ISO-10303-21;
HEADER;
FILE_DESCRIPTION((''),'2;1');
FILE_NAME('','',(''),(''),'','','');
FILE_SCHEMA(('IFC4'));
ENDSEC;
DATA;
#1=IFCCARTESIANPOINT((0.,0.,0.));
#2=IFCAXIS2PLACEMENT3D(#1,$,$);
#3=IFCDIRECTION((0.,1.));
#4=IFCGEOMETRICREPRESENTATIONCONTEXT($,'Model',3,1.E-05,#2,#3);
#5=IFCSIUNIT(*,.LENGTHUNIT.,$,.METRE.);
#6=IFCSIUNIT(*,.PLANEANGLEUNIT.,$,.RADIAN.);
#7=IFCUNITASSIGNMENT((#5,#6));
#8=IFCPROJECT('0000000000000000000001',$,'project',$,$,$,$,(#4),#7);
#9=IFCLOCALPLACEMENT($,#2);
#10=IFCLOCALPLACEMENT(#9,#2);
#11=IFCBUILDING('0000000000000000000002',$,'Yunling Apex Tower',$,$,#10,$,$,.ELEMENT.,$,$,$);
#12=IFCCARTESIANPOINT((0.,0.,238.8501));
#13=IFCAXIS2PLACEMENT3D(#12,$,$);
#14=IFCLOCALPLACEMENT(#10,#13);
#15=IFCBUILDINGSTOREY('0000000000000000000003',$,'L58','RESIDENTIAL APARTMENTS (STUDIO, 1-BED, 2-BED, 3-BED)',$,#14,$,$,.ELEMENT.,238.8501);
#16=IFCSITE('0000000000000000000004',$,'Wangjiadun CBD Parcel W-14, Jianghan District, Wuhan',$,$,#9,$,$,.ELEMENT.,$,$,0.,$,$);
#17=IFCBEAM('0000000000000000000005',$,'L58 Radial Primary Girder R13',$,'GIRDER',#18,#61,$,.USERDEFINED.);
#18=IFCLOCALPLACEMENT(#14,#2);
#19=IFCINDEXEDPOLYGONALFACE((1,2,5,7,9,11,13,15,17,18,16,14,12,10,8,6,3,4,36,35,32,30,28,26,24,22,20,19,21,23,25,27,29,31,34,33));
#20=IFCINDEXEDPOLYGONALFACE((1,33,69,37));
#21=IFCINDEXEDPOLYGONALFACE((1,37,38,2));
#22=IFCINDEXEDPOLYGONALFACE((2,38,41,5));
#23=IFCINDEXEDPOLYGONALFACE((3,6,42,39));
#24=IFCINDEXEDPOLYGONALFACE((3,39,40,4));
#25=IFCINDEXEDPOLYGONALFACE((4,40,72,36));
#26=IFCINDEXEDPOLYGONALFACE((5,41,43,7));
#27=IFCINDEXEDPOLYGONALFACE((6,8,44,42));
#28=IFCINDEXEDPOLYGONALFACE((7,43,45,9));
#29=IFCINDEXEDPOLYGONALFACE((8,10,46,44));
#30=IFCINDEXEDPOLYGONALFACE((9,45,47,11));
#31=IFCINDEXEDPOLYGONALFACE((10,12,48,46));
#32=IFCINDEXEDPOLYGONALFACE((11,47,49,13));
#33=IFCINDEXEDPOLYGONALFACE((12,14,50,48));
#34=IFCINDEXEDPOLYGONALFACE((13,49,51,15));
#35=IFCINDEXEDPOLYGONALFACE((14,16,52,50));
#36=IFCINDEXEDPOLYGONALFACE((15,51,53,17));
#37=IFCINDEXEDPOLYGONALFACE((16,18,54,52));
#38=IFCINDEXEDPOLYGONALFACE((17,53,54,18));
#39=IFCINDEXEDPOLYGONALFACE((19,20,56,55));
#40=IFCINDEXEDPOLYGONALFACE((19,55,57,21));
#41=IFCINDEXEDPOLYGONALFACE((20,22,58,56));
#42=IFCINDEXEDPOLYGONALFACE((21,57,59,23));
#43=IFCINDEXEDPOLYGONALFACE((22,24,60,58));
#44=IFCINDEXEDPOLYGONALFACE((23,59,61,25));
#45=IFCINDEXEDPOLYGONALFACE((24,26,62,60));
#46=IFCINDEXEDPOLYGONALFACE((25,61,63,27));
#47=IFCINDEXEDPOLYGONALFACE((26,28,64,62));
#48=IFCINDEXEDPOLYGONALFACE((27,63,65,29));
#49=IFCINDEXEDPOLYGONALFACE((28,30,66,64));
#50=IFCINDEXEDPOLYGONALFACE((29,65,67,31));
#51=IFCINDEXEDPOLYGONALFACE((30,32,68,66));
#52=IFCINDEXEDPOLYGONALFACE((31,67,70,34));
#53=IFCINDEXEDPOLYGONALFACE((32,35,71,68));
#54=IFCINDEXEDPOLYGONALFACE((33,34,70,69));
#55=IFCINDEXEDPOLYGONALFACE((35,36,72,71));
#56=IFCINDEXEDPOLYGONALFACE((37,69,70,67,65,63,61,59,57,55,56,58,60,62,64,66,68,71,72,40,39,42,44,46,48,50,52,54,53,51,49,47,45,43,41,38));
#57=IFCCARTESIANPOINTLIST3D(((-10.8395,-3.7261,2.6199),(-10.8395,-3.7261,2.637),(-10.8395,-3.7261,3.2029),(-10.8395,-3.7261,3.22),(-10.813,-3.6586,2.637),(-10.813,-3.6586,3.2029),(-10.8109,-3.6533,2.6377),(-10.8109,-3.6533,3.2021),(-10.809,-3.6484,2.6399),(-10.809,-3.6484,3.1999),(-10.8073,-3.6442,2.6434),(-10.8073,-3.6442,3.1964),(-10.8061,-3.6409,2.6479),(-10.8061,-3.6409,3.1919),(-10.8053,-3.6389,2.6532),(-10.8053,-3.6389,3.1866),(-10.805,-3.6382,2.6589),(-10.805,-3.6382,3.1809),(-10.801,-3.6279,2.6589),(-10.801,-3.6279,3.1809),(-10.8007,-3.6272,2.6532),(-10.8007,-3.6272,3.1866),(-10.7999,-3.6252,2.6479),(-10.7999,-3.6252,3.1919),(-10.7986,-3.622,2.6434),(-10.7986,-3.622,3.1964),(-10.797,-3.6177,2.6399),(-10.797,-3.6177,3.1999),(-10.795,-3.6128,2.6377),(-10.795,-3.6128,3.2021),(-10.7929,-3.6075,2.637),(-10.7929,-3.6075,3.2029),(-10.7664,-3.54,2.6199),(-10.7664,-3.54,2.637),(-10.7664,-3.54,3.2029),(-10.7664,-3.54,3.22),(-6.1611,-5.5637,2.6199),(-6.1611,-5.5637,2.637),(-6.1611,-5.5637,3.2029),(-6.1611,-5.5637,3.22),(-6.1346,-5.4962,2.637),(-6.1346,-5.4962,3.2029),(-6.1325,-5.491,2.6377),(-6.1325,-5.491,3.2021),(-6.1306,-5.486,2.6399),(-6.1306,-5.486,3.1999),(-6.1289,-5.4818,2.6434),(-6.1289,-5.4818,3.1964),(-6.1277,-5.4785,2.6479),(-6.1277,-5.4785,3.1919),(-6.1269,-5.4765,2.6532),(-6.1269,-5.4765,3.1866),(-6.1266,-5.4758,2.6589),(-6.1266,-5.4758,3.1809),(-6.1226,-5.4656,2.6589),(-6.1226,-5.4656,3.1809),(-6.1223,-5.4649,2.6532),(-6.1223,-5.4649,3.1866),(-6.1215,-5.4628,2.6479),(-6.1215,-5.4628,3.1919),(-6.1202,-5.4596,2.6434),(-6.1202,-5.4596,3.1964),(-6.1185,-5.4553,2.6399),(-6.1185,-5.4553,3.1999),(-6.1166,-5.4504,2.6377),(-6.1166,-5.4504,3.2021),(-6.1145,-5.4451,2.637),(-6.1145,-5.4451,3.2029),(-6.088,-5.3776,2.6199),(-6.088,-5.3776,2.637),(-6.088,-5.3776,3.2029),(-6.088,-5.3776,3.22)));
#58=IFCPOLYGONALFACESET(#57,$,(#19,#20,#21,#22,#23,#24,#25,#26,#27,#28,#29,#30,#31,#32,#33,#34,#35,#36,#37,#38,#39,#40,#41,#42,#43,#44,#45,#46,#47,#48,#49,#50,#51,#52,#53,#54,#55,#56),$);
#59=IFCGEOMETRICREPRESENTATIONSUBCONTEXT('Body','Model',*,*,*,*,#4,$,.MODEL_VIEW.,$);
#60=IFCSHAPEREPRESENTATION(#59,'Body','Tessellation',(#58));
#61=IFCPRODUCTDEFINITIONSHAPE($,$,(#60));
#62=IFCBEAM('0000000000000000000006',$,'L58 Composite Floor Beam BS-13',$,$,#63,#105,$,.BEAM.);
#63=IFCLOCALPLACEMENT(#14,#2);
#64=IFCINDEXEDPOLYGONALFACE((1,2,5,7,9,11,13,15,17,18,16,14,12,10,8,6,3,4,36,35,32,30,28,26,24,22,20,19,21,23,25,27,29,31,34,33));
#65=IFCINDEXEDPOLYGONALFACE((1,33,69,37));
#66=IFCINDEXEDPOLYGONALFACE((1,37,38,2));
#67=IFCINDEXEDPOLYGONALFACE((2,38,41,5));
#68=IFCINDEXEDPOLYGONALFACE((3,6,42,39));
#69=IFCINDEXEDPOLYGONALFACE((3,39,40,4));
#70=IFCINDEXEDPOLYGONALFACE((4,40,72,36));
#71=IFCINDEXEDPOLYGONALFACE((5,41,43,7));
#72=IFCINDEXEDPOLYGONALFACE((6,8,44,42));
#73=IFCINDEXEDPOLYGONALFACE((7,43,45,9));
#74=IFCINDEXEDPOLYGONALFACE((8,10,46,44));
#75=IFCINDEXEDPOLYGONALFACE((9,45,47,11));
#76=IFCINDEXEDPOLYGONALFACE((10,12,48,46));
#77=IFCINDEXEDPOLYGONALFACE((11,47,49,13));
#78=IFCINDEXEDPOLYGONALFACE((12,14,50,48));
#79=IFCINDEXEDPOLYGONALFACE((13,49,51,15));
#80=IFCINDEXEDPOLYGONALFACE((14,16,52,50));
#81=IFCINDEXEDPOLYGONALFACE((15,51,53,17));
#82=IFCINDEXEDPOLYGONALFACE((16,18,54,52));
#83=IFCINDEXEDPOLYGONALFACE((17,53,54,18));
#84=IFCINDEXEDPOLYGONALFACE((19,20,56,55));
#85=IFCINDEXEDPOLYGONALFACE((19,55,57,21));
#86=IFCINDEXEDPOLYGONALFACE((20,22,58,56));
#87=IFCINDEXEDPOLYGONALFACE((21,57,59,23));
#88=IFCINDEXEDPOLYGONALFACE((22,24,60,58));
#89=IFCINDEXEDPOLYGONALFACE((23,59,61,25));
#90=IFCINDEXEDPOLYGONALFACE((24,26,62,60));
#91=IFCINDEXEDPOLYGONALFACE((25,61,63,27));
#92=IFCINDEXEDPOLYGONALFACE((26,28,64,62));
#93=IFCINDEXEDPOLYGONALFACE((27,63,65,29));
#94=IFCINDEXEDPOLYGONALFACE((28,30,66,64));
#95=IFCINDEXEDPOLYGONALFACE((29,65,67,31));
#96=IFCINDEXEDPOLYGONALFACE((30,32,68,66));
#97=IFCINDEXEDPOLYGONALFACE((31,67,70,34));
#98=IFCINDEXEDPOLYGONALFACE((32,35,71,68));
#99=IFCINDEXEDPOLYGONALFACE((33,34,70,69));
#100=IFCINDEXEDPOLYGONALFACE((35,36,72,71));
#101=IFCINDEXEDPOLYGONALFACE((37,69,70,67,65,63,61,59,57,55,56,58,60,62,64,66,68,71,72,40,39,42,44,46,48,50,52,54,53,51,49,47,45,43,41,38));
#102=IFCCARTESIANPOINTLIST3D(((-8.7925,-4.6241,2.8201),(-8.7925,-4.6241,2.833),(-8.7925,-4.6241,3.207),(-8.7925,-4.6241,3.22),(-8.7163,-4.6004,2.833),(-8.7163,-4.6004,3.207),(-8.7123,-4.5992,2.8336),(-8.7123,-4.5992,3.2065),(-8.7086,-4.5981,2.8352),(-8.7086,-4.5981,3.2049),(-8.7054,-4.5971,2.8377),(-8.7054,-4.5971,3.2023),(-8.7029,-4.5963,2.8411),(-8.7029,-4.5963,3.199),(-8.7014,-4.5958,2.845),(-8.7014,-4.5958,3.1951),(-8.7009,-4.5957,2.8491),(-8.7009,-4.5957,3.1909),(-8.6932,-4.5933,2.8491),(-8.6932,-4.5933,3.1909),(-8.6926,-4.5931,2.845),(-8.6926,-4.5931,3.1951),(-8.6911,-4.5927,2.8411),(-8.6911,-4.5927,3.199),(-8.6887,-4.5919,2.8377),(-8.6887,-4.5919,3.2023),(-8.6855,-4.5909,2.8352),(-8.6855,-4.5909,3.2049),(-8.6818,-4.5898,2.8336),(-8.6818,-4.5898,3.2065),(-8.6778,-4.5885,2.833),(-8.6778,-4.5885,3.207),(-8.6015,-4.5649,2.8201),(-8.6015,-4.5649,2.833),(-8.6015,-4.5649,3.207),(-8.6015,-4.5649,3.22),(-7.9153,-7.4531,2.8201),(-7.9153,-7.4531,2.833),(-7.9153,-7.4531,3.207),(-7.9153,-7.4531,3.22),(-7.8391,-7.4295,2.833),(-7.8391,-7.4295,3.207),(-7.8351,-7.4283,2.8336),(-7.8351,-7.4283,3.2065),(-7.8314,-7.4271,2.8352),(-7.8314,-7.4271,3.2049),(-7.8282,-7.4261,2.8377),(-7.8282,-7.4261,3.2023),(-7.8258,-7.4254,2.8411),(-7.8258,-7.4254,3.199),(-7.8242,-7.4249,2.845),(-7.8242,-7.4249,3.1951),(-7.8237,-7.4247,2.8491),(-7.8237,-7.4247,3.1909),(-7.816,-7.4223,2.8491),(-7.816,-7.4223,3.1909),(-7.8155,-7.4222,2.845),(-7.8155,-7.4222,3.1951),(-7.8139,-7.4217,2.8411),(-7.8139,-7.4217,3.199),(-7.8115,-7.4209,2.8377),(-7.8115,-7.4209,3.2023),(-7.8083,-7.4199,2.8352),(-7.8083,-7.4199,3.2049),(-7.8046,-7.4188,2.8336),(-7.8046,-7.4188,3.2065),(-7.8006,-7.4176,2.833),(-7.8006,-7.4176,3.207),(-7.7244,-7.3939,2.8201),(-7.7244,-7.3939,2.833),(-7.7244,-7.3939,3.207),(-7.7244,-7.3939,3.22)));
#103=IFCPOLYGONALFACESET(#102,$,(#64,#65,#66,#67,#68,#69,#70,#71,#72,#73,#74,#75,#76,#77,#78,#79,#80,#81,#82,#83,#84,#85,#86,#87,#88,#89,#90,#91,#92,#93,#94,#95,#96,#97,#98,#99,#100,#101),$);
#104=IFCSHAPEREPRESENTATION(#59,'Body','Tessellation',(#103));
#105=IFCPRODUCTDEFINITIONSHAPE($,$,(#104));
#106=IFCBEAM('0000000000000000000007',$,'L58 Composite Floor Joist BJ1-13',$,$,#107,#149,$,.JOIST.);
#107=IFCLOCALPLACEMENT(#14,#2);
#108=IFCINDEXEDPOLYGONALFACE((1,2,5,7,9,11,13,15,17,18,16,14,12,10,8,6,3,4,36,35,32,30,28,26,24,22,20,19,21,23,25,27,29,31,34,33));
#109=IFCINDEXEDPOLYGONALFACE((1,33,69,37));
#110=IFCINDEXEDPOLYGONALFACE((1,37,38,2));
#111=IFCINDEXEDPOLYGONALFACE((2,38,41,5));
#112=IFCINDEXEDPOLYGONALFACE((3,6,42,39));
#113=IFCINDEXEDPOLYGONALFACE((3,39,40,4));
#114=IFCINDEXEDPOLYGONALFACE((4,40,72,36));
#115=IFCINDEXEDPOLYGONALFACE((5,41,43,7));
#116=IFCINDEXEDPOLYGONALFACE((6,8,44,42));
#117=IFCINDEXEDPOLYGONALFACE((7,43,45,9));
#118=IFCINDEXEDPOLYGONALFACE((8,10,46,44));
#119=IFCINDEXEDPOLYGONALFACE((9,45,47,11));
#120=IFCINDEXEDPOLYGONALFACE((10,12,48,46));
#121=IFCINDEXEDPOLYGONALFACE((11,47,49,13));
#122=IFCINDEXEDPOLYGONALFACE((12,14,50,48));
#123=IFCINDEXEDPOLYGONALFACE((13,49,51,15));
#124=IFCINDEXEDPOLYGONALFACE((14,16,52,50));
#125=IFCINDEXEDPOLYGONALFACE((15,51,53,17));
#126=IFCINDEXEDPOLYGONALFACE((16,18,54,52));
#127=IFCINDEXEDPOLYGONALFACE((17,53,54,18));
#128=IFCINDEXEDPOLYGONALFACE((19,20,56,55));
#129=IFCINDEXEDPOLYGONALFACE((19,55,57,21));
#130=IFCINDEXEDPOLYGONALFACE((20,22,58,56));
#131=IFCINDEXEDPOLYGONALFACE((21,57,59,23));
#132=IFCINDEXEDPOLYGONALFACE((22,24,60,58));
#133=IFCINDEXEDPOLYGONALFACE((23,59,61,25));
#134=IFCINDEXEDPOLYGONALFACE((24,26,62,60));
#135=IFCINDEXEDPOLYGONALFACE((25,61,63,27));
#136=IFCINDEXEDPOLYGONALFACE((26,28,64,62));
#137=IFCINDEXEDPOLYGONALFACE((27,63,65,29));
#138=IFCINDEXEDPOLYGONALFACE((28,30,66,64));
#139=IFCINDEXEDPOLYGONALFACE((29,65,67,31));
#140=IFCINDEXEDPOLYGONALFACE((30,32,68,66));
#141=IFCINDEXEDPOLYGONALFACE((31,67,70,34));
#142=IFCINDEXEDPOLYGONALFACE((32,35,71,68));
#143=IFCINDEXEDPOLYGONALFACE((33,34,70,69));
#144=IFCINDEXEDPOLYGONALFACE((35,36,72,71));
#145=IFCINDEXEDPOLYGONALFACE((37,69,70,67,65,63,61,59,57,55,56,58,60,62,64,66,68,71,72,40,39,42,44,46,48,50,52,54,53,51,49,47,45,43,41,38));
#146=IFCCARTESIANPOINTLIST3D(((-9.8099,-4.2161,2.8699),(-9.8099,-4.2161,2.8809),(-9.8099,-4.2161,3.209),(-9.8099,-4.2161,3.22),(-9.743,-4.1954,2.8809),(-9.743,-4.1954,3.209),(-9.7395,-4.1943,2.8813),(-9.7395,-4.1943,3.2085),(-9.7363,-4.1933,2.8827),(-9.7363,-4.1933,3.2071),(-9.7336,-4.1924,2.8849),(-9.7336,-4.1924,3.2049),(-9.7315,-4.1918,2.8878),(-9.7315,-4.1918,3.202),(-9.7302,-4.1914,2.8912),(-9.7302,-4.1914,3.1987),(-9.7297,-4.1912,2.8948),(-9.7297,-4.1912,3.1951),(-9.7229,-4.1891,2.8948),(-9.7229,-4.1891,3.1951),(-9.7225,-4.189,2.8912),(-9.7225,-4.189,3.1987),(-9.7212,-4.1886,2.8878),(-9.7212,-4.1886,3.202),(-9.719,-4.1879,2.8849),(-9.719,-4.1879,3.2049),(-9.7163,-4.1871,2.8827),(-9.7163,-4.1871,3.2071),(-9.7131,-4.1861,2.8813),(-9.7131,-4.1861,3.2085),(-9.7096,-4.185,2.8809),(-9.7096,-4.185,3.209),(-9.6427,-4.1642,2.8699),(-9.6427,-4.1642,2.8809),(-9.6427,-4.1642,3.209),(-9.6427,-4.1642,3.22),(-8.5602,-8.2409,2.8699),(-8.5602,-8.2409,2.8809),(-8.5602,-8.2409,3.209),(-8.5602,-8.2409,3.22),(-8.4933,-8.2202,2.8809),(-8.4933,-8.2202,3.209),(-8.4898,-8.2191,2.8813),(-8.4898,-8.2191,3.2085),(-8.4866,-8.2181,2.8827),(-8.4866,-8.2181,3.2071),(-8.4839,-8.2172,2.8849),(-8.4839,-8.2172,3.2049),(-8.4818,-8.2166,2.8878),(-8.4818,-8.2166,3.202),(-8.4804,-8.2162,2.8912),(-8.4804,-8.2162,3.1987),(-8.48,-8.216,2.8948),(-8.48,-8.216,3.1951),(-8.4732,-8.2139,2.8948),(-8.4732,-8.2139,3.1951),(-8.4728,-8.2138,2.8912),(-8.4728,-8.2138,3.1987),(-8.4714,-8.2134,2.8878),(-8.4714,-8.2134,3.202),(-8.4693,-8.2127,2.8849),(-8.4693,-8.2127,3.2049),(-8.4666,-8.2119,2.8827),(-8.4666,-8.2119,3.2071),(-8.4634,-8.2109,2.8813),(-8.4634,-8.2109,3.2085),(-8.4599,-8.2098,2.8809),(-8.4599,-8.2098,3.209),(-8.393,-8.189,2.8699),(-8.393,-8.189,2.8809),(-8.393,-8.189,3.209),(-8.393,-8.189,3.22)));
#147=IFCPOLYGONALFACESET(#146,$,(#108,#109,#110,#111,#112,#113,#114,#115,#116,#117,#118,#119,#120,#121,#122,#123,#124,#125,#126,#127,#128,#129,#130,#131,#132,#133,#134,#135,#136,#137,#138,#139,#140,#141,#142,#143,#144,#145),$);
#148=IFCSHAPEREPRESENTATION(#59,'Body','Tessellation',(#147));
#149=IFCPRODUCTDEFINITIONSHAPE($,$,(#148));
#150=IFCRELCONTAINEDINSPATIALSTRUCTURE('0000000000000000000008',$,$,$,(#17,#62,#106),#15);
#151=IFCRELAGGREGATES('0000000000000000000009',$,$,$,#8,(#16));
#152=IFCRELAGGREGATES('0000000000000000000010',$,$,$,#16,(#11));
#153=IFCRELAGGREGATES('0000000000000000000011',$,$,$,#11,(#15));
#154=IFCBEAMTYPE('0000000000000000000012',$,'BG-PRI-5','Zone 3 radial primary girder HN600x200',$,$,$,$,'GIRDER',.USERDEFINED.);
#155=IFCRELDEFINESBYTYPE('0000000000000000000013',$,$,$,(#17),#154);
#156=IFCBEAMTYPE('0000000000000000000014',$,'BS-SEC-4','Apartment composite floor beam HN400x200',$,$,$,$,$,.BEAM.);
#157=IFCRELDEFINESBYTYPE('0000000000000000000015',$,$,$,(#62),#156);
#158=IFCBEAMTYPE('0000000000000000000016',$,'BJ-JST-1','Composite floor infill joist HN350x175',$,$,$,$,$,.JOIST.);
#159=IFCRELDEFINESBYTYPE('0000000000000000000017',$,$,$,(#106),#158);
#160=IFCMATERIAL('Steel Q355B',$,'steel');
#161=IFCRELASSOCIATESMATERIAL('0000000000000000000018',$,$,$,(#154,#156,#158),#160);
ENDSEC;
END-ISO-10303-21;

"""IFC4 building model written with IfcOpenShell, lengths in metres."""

from ifc_helpers import new_model, si_unit, direction, frame, origin, origin_2d, place, context, subcontext, project, spatial, i_section, extrude, source, transform, mapped, material, material_profile, profile_set, type_object, element, save


model = new_model("IFC4")

# Units and contexts
model_context = context("Model", 3, precision=1e-05, world=origin(), true_north=direction((0.0, 1.0)))
body_context = subcontext(model_context, "Body", "Model", "MODEL_VIEW")
ifc_project = project(units=[si_unit("LENGTHUNIT", "METRE"), si_unit("PLANEANGLEUNIT", "RADIAN")], contexts=[model_context])

# Site, building, storey
site_placement = place(None, origin())
site = spatial("IfcSite", under=ifc_project, at=site_placement, Name="Wangjiadun CBD Parcel W-14, Jianghan District, Wuhan", CompositionType="ELEMENT", RefElevation=0.0)
building_placement = place(site_placement, origin())
building = spatial("IfcBuilding", under=site, at=building_placement, Name="Yunling Apex Tower", CompositionType="ELEMENT")
storey_placement = place(building_placement, frame((0.0, 0.0, 238.8501)))
storey = spatial("IfcBuildingStorey", under=building, at=storey_placement, Name="L58", Description="RESIDENTIAL APARTMENTS (STUDIO, 1-BED, 2-BED, 3-BED)", CompositionType="ELEMENT", Elevation=238.8501)

# Beams
ifc_material_1 = material(Name="Steel Q355B", Category="steel")
ifc_material_profile_1 = material_profile(ifc_material_1, i_section(OverallWidth=0.2, OverallDepth=0.6001, WebThickness=0.011, FlangeThickness=0.0171, FilletRadius=0.022, at=origin_2d()))
ifc_profile_set_1 = profile_set([ifc_material_profile_1], Name="Steel Q355B")
beam_type_1 = type_object("IfcBeamType", Name="BG-PRI-5", Description="Zone 3 radial primary girder HN600x200", ElementType="GIRDER", PredefinedType="USERDEFINED", material=ifc_profile_set_1)
shared_shape_1 = source(origin(), body_context, "Body", "SweptSolid", [
    extrude(i_section(OverallWidth=0.2, OverallDepth=0.6001, WebThickness=0.011, FlangeThickness=0.0171, FilletRadius=0.022, at=origin_2d()), origin(), (0.0, 0.0, 1.0), 5.0264),
])
beam_1_placement = place(storey_placement, frame((-10.803, -3.6331, 2.9199), z_axis=(0.930773, -0.365597, 0.0), x_axis=(0.365597, 0.930773, 0.0)))
element("IfcBeam", 1, at=beam_1_placement, inside=storey, type_object=beam_type_1, Name="L58 Radial Primary Girder R13", ObjectType="GIRDER", PredefinedType="USERDEFINED", context=body_context, shape_type="MappedRepresentation", body=[
    mapped(shared_shape_1, transform((0.0, 0.0, 0.0), scale=1.0)),
])
ifc_material_profile_2 = material_profile(ifc_material_1, i_section(OverallWidth=0.2, OverallDepth=0.3999, WebThickness=0.0081, FlangeThickness=0.0129, FilletRadius=0.0161, at=origin_2d()))
ifc_profile_set_2 = profile_set([ifc_material_profile_2], Name="Steel Q355B")
beam_type_2 = type_object("IfcBeamType", Name="BS-SEC-4", Description="Apartment composite floor beam HN400x200", PredefinedType="BEAM", material=ifc_profile_set_2)
shared_shape_2 = source(origin(), body_context, "Body", "SweptSolid", [
    extrude(i_section(OverallWidth=0.2, OverallDepth=0.3999, WebThickness=0.0081, FlangeThickness=0.0129, FilletRadius=0.0161, at=origin_2d()), origin(), (0.0, 0.0, 1.0), 2.9619),
])
beam_2_placement = place(storey_placement, frame((-8.697, -4.5945, 3.02), z_axis=(0.296153, -0.955141, 0.0), x_axis=(0.955141, 0.296153, 0.0)))
element("IfcBeam", 2, at=beam_2_placement, inside=storey, type_object=beam_type_2, Name="L58 Composite Floor Beam BS-13", PredefinedType="BEAM", context=body_context, shape_type="MappedRepresentation", body=[
    mapped(shared_shape_2, transform((0.0, 0.0, 0.0), scale=1.0)),
])
ifc_material_profile_3 = material_profile(ifc_material_1, i_section(OverallWidth=0.175, OverallDepth=0.3501, WebThickness=0.0071, FlangeThickness=0.011, FilletRadius=0.0139, at=origin_2d()))
ifc_profile_set_3 = profile_set([ifc_material_profile_3], Name="Steel Q355B")
beam_type_3 = type_object("IfcBeamType", Name="BJ-JST-1", Description="Composite floor infill joist HN350x175", PredefinedType="JOIST", material=ifc_profile_set_3)
shared_shape_3 = source(origin(), body_context, "Body", "SweptSolid", [
    extrude(i_section(OverallWidth=0.175, OverallDepth=0.3501, WebThickness=0.0071, FlangeThickness=0.011, FilletRadius=0.0139, at=origin_2d()), origin(), (0.0, 0.0, 1.0), 4.2144),
])
beam_3_placement = place(storey_placement, frame((-9.7263, -4.1902, 3.0449), z_axis=(0.29654, -0.955021, 0.0), x_axis=(0.955021, 0.29654, 0.0)))
element("IfcBeam", 3, at=beam_3_placement, inside=storey, type_object=beam_type_3, Name="L58 Composite Floor Joist BJ1-13", PredefinedType="JOIST", context=body_context, shape_type="MappedRepresentation", body=[
    mapped(shared_shape_3, transform((0.0, 0.0, 0.0), scale=1.0)),
])

save(model, "model.ifc")
